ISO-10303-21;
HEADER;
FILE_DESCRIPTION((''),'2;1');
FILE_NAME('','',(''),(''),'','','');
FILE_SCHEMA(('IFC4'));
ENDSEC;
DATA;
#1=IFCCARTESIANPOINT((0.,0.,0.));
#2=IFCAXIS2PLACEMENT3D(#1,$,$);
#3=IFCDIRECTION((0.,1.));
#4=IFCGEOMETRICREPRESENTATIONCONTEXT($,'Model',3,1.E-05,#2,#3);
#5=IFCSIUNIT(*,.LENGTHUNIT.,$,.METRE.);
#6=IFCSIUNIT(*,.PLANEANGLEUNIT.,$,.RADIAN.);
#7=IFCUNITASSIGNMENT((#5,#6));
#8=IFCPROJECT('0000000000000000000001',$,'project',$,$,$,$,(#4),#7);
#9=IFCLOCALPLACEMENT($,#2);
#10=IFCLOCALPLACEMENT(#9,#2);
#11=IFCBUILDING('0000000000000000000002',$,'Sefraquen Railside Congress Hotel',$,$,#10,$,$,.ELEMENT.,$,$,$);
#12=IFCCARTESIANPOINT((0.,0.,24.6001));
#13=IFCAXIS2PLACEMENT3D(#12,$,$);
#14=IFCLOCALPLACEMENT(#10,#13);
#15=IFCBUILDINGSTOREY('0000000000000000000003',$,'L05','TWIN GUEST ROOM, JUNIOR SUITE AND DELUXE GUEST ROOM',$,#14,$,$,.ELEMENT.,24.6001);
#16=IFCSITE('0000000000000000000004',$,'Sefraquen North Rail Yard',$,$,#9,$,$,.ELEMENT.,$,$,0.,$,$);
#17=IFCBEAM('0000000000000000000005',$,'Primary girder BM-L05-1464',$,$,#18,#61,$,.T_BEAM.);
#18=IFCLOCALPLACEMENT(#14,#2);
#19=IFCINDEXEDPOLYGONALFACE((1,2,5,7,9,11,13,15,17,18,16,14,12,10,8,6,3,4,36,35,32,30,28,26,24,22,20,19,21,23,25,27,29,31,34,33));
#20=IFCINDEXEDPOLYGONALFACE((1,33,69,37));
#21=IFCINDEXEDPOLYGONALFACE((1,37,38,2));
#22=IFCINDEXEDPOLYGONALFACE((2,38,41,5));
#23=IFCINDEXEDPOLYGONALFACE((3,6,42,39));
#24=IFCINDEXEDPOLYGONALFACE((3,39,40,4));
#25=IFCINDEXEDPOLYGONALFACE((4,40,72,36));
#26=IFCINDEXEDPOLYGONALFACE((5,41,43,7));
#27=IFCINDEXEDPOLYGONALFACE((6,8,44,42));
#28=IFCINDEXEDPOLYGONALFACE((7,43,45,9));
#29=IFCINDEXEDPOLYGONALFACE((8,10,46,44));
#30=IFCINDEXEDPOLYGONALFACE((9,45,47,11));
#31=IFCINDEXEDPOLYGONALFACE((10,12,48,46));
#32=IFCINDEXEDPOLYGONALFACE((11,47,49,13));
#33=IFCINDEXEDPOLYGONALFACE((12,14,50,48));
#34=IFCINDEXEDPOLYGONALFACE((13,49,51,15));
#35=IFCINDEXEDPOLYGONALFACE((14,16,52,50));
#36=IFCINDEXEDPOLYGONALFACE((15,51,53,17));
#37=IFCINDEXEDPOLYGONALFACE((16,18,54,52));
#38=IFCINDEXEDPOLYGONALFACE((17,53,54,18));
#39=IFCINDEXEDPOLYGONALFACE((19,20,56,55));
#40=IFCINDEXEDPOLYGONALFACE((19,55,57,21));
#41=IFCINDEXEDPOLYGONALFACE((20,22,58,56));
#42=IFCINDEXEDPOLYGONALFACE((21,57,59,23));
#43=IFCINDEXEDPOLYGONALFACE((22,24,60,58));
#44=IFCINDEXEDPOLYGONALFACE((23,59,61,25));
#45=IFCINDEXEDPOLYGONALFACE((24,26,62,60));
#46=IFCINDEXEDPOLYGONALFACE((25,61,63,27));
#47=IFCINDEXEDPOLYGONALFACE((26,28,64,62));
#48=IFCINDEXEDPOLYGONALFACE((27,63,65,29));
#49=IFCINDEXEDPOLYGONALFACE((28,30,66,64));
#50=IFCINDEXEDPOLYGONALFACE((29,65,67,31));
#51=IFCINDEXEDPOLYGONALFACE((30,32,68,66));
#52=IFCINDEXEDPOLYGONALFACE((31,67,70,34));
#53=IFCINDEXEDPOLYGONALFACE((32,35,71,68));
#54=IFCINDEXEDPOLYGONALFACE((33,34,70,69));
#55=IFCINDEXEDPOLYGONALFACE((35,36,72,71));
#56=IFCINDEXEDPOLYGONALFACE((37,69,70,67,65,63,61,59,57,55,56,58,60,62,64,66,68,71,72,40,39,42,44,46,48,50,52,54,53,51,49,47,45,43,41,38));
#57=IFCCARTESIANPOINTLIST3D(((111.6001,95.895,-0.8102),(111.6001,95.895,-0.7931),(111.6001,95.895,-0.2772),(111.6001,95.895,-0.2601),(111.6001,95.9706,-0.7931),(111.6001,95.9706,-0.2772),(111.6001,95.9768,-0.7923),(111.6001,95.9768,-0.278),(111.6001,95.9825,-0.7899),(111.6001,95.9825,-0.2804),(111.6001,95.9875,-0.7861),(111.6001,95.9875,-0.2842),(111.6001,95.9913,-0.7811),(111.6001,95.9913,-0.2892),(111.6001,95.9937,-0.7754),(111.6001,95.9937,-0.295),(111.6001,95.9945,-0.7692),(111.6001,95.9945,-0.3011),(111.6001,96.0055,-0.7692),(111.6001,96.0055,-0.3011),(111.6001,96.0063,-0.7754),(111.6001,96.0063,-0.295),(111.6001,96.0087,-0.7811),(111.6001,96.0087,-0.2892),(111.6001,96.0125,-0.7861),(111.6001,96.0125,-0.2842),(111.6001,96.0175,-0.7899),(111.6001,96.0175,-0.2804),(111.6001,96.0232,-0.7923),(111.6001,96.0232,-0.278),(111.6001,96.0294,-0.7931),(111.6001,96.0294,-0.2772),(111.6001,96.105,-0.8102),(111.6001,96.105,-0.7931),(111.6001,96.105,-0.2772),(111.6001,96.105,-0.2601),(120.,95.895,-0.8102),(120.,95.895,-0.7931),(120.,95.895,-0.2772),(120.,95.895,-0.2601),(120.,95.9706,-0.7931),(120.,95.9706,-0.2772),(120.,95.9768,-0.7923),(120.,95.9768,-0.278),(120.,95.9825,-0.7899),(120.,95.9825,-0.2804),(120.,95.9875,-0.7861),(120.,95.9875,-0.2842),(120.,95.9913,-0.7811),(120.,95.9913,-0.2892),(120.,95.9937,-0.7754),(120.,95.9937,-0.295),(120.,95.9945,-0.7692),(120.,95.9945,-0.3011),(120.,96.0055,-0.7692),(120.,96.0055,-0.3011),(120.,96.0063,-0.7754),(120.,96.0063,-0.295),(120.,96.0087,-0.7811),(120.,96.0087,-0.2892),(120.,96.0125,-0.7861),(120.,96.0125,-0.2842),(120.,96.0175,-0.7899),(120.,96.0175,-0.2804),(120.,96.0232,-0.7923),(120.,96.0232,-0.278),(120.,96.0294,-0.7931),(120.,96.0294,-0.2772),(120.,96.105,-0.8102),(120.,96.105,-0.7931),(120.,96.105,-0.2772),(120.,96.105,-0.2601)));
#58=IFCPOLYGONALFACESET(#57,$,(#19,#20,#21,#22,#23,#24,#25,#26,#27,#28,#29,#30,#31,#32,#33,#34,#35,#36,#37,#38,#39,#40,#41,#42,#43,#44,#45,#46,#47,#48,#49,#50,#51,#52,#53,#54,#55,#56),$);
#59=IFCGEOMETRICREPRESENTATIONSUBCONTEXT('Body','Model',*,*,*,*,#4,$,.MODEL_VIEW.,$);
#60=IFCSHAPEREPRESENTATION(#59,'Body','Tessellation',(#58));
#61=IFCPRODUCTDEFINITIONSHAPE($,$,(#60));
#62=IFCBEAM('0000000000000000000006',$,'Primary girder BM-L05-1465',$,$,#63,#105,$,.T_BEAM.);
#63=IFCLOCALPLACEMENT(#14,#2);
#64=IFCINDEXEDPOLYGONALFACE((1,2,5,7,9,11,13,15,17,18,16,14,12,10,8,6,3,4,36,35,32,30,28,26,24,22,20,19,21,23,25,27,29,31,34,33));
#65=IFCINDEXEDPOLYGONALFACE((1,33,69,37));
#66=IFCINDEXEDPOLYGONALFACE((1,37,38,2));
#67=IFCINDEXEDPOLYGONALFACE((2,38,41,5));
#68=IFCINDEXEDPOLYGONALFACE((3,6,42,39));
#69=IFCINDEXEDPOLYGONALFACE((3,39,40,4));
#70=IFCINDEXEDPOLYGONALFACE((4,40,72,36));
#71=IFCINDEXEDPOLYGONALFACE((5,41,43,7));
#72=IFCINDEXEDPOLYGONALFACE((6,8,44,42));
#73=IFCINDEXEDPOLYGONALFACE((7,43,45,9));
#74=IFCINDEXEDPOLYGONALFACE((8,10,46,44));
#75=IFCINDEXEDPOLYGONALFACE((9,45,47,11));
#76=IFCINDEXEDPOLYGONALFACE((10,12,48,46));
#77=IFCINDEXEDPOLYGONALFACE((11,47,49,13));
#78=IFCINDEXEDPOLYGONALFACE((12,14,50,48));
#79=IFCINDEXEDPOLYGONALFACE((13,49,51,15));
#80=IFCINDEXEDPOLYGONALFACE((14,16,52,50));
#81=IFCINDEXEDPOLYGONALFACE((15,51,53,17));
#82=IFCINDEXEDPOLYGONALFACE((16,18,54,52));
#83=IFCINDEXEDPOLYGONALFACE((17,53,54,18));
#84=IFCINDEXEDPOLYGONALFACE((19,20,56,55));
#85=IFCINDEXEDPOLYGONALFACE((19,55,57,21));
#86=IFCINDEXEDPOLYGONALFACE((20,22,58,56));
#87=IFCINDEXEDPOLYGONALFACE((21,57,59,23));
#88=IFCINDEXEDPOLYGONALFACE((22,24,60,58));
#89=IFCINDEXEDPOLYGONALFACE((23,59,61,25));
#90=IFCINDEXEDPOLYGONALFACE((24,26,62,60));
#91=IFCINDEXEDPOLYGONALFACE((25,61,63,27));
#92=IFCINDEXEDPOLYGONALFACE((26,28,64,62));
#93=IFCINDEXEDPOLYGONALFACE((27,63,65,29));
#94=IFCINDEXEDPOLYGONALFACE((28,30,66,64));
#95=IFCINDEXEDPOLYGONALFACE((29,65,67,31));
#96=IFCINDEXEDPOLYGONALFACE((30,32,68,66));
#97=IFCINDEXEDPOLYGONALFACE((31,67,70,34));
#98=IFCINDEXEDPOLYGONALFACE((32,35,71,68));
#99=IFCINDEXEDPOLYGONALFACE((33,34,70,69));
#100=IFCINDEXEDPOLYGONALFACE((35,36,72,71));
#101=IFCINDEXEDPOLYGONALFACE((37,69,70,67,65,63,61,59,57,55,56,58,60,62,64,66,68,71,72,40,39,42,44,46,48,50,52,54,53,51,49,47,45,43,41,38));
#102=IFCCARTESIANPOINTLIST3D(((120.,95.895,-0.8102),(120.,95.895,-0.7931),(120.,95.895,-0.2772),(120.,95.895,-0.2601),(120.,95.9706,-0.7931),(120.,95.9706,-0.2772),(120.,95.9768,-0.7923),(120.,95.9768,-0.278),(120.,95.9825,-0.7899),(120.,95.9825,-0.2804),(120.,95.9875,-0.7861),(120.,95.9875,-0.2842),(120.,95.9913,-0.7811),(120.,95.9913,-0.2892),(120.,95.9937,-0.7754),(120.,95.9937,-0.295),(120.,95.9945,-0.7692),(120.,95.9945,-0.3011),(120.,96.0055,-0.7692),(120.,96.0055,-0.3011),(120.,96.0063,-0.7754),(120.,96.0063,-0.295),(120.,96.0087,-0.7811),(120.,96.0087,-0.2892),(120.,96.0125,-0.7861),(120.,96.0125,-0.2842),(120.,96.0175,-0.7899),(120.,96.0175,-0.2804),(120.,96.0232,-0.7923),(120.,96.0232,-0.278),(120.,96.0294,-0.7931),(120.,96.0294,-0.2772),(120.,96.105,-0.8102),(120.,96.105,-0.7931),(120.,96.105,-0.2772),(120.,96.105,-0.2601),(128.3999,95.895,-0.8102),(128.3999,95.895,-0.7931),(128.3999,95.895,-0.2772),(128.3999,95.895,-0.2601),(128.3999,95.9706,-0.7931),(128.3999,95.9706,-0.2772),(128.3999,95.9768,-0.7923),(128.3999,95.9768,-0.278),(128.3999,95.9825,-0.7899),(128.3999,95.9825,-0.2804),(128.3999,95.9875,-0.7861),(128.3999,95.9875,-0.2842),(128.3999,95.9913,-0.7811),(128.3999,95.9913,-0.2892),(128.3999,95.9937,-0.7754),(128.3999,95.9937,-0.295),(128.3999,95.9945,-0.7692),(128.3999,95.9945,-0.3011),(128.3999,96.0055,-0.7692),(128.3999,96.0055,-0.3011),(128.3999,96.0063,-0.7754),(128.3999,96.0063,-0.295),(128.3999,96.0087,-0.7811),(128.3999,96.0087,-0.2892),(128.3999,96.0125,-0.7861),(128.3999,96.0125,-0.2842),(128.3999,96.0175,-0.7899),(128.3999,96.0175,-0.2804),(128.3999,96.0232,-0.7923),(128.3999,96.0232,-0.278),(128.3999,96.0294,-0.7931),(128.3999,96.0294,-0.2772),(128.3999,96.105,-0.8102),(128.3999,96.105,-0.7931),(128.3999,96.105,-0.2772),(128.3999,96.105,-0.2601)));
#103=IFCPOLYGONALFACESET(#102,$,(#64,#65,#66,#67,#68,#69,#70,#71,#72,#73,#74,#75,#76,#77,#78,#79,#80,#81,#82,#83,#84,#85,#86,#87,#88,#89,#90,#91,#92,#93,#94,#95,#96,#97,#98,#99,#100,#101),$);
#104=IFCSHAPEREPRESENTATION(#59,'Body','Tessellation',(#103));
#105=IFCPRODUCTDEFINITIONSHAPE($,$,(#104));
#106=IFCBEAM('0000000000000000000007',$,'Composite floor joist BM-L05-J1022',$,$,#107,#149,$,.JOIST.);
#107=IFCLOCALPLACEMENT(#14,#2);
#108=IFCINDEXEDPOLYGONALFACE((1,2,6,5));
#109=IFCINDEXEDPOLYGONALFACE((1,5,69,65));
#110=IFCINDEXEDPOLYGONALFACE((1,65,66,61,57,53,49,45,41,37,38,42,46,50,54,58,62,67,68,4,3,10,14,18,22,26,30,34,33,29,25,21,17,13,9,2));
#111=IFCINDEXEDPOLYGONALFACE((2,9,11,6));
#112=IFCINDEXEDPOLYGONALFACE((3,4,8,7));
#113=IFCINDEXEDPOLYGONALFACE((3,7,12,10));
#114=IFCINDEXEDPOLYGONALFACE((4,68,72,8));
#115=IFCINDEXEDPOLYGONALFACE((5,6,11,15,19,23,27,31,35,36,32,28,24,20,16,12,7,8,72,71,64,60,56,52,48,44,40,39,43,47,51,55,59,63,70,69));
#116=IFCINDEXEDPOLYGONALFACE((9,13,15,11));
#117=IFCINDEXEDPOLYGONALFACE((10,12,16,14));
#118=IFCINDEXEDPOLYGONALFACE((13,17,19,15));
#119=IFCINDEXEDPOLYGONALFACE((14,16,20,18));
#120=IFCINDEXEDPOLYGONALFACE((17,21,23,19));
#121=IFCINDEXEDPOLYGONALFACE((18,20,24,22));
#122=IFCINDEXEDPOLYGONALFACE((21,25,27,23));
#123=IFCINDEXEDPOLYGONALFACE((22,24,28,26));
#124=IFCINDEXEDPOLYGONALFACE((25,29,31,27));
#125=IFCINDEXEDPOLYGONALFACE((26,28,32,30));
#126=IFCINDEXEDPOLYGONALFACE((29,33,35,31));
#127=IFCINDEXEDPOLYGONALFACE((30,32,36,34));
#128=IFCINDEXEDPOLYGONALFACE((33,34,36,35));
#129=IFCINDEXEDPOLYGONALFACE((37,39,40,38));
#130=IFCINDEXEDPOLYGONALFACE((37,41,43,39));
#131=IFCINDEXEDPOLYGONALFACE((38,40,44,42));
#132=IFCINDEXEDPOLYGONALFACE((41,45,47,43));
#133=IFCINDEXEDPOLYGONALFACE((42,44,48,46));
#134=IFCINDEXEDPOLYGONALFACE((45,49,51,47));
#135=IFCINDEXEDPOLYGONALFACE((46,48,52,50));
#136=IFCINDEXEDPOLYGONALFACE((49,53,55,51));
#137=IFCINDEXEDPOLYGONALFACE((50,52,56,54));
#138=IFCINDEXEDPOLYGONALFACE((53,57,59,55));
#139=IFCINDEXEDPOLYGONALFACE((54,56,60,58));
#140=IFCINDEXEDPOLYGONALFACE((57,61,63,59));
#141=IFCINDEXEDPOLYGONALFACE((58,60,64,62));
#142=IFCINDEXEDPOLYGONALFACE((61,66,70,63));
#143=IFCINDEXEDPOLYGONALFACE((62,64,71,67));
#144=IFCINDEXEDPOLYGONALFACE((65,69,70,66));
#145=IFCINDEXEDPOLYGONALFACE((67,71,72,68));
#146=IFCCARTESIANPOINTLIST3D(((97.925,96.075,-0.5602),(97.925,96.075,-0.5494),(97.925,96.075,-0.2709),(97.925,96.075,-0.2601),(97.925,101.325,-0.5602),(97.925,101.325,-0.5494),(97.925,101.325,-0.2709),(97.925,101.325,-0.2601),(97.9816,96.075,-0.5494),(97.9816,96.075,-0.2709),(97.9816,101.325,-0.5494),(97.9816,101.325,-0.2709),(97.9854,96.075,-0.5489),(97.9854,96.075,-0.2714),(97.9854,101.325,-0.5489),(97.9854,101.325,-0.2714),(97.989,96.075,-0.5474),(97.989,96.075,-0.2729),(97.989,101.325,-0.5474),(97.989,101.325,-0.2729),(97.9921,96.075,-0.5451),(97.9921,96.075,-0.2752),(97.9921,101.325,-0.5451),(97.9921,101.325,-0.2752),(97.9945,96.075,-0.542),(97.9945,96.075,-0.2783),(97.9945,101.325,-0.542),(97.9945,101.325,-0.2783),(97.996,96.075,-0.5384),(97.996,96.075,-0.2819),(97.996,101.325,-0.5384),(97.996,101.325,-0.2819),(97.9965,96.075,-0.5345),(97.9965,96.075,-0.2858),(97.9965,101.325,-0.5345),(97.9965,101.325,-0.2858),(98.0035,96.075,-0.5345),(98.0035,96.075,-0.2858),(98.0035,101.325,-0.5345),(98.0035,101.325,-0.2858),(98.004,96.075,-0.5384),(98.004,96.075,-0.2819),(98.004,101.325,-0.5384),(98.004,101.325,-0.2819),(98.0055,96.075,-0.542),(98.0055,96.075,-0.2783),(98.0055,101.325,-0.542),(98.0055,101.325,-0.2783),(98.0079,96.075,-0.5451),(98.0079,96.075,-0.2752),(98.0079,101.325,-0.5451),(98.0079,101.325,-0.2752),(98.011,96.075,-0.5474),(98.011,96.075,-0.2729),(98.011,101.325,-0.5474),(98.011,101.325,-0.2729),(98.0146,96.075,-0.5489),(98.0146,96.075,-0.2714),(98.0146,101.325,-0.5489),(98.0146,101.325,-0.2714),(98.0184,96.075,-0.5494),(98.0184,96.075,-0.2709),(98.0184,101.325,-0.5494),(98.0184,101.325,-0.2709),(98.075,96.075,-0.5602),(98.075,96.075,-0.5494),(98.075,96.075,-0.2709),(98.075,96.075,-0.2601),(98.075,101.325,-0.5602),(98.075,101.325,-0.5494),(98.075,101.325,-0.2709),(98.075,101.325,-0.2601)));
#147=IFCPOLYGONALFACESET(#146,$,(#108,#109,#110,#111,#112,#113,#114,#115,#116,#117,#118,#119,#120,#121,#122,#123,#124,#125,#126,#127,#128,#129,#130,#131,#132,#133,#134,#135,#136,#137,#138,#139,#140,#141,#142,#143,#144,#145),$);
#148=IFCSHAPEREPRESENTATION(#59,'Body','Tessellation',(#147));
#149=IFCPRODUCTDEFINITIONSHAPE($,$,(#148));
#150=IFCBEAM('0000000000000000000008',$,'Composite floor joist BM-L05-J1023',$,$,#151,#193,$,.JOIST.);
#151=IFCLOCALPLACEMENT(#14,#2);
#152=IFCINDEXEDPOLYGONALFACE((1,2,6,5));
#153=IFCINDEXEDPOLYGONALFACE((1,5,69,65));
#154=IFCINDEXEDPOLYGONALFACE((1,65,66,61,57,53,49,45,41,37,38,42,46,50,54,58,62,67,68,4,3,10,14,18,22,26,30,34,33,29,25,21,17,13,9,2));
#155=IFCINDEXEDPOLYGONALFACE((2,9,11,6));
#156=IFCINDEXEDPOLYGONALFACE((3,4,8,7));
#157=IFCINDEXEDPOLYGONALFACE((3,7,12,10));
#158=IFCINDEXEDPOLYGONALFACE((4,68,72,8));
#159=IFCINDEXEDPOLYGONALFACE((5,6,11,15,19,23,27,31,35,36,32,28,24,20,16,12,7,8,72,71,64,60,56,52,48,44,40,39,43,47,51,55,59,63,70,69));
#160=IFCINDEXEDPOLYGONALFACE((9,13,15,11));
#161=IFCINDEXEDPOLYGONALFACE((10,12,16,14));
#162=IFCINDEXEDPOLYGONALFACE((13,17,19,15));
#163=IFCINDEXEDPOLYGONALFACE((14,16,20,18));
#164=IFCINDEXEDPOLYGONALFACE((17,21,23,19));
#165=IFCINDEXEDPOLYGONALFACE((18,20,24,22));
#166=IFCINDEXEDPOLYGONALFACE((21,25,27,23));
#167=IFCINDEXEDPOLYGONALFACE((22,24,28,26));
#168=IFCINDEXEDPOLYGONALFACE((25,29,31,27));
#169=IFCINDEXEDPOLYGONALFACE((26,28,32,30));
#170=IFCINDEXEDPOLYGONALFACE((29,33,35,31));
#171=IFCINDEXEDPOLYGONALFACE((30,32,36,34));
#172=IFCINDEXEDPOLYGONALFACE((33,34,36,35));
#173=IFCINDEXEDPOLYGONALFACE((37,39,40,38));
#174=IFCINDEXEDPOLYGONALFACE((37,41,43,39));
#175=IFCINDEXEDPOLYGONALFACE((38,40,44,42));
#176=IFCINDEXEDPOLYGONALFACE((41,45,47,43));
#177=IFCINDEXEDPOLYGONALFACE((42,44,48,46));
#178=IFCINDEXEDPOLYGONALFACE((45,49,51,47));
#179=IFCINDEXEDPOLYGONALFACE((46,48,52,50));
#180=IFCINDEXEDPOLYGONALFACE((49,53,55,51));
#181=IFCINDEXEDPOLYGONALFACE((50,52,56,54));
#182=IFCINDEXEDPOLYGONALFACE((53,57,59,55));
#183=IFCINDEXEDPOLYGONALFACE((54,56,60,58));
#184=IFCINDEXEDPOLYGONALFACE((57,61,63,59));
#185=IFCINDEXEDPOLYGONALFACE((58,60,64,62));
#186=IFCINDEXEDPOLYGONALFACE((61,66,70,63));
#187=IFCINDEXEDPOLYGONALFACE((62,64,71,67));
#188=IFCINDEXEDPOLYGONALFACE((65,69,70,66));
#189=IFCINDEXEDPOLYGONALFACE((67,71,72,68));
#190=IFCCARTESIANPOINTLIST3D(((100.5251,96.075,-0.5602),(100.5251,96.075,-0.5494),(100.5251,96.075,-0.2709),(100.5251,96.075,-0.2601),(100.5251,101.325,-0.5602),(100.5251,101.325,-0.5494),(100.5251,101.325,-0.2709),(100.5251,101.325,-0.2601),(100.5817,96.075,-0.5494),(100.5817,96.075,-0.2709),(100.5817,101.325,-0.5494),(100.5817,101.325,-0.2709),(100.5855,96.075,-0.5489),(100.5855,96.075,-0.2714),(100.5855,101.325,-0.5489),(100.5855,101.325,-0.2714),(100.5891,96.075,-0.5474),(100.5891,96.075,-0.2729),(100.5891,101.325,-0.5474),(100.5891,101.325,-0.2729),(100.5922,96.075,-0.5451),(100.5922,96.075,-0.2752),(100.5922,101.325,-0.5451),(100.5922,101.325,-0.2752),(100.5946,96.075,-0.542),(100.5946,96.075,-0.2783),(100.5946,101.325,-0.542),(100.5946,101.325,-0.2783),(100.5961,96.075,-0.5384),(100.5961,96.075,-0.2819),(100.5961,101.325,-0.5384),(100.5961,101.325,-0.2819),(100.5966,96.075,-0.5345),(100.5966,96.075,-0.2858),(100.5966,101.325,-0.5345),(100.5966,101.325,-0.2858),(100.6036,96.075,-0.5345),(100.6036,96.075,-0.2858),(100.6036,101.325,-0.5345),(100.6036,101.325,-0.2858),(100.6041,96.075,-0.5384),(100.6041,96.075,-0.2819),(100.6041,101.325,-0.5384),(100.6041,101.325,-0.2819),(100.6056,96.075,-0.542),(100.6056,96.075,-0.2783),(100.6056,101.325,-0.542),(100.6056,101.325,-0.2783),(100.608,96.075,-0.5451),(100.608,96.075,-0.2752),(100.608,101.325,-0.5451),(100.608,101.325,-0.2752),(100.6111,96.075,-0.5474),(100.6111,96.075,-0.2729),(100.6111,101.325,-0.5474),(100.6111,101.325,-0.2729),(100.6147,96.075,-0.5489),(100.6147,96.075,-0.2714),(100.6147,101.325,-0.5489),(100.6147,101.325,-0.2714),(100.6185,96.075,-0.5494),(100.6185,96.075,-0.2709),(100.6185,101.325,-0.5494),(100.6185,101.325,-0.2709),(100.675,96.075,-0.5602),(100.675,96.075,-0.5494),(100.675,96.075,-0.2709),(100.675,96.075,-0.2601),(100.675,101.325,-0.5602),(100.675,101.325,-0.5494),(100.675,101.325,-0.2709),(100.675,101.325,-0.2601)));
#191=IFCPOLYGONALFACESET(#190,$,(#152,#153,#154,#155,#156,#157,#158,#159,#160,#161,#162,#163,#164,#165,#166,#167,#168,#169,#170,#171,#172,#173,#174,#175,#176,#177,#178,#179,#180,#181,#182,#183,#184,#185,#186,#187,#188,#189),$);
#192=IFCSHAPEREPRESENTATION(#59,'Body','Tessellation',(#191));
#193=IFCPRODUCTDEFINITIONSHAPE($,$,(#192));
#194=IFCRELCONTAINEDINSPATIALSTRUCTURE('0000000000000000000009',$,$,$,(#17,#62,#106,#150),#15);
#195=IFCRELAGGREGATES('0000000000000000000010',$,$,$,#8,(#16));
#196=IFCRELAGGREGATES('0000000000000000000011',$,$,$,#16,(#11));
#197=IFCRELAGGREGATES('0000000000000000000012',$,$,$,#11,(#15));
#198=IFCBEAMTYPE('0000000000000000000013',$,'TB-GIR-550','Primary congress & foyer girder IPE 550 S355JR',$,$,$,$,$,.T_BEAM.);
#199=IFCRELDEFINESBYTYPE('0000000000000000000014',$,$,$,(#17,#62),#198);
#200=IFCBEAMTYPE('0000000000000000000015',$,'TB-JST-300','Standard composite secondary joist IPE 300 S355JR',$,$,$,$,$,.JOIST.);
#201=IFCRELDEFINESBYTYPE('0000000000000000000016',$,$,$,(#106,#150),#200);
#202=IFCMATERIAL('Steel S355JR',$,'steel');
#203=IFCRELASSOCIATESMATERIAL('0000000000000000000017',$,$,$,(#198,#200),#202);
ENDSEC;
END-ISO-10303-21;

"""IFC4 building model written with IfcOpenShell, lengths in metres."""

from ifc_helpers import new_model, si_unit, direction, frame, origin, origin_2d, place, context, subcontext, project, spatial, i_section, extrude, material, material_profile, profile_set, type_object, element, save


model = new_model("IFC4")

# Units and contexts
model_context = context("Model", 3, precision=1e-05, world=origin(), true_north=direction((0.0, 1.0)))
body_context = subcontext(model_context, "Body", "Model", "MODEL_VIEW")
ifc_project = project(units=[si_unit("LENGTHUNIT", "METRE"), si_unit("PLANEANGLEUNIT", "RADIAN")], contexts=[model_context])

# Site, building, storey
site_placement = place(None, origin())
site = spatial("IfcSite", under=ifc_project, at=site_placement, Name="Sefraquen North Rail Yard", CompositionType="ELEMENT", RefElevation=0.0)
building_placement = place(site_placement, origin())
building = spatial("IfcBuilding", under=site, at=building_placement, Name="Sefraquen Railside Congress Hotel", CompositionType="ELEMENT")
storey_placement = place(building_placement, frame((0.0, 0.0, 24.6001)))
storey = spatial("IfcBuildingStorey", under=building, at=storey_placement, Name="L05", Description="TWIN GUEST ROOM, JUNIOR SUITE AND DELUXE GUEST ROOM", CompositionType="ELEMENT", Elevation=24.6001)

# Shared definitions
ifc_material_1 = material(Name="Steel S355JR", Category="steel")

# Beams
ifc_material_profile_1 = material_profile(ifc_material_1, i_section(OverallWidth=0.21, OverallDepth=0.55, WebThickness=0.011, FlangeThickness=0.0171, FilletRadius=0.0239, at=origin_2d()), Name="IPE 550")
ifc_profile_set_1 = profile_set([ifc_material_profile_1], Name="Steel S355JR")
beam_type_1 = type_object("IfcBeamType", Name="TB-GIR-550", Description="Primary congress & foyer girder IPE 550 S355JR", PredefinedType="T_BEAM", material=ifc_profile_set_1)
for number, where, z_axis, x_axis, name in (
    (1, (111.6001, 96.0, -0.5352), (1.0, 0.0, 0.0), (0.0, 1.0, 0.0), "Primary girder BM-L05-1464"),
    (2, (120.0, 96.0, -0.5352), (1.0, 0.0, 0.0), (0.0, 1.0, 0.0), "Primary girder BM-L05-1465"),
):
    element("IfcBeam", number, at=place(storey_placement, frame(where, z_axis=z_axis, x_axis=x_axis)), inside=storey, type_object=beam_type_1, Name=name, PredefinedType="T_BEAM", context=body_context, shape_type="SweptSolid", body=[
        extrude(i_section(OverallWidth=0.21, OverallDepth=0.55, WebThickness=0.011, FlangeThickness=0.0171, FilletRadius=0.0239, at=origin_2d()), origin(), (0.0, 0.0, 1.0), 8.3999),
    ])
ifc_material_profile_2 = material_profile(ifc_material_1, i_section(OverallWidth=0.1499, OverallDepth=0.3, WebThickness=0.0071, FlangeThickness=0.0107, FilletRadius=0.0149, at=origin_2d()), Name="IPE 300")
ifc_profile_set_2 = profile_set([ifc_material_profile_2], Name="Steel S355JR")
beam_type_2 = type_object("IfcBeamType", Name="TB-JST-300", Description="Standard composite secondary joist IPE 300 S355JR", PredefinedType="JOIST", material=ifc_profile_set_2)
for number, where, z_axis, x_axis, name in (
    (3, (98.0, 96.075, -0.4102), (0.0, 1.0, 0.0), (-1.0, 0.0, 0.0), "Composite floor joist BM-L05-J1022"),
    (4, (100.6001, 96.075, -0.4102), (0.0, 1.0, 0.0), (-1.0, 0.0, 0.0), "Composite floor joist BM-L05-J1023"),
):
    element("IfcBeam", number, at=place(storey_placement, frame(where, z_axis=z_axis, x_axis=x_axis)), inside=storey, type_object=beam_type_2, Name=name, PredefinedType="JOIST", context=body_context, shape_type="SweptSolid", body=[
        extrude(i_section(OverallWidth=0.1499, OverallDepth=0.3, WebThickness=0.0071, FlangeThickness=0.0107, FilletRadius=0.0149, at=origin_2d()), origin(), (0.0, 0.0, 1.0), 5.25),
    ])

save(model, "model.ifc")
